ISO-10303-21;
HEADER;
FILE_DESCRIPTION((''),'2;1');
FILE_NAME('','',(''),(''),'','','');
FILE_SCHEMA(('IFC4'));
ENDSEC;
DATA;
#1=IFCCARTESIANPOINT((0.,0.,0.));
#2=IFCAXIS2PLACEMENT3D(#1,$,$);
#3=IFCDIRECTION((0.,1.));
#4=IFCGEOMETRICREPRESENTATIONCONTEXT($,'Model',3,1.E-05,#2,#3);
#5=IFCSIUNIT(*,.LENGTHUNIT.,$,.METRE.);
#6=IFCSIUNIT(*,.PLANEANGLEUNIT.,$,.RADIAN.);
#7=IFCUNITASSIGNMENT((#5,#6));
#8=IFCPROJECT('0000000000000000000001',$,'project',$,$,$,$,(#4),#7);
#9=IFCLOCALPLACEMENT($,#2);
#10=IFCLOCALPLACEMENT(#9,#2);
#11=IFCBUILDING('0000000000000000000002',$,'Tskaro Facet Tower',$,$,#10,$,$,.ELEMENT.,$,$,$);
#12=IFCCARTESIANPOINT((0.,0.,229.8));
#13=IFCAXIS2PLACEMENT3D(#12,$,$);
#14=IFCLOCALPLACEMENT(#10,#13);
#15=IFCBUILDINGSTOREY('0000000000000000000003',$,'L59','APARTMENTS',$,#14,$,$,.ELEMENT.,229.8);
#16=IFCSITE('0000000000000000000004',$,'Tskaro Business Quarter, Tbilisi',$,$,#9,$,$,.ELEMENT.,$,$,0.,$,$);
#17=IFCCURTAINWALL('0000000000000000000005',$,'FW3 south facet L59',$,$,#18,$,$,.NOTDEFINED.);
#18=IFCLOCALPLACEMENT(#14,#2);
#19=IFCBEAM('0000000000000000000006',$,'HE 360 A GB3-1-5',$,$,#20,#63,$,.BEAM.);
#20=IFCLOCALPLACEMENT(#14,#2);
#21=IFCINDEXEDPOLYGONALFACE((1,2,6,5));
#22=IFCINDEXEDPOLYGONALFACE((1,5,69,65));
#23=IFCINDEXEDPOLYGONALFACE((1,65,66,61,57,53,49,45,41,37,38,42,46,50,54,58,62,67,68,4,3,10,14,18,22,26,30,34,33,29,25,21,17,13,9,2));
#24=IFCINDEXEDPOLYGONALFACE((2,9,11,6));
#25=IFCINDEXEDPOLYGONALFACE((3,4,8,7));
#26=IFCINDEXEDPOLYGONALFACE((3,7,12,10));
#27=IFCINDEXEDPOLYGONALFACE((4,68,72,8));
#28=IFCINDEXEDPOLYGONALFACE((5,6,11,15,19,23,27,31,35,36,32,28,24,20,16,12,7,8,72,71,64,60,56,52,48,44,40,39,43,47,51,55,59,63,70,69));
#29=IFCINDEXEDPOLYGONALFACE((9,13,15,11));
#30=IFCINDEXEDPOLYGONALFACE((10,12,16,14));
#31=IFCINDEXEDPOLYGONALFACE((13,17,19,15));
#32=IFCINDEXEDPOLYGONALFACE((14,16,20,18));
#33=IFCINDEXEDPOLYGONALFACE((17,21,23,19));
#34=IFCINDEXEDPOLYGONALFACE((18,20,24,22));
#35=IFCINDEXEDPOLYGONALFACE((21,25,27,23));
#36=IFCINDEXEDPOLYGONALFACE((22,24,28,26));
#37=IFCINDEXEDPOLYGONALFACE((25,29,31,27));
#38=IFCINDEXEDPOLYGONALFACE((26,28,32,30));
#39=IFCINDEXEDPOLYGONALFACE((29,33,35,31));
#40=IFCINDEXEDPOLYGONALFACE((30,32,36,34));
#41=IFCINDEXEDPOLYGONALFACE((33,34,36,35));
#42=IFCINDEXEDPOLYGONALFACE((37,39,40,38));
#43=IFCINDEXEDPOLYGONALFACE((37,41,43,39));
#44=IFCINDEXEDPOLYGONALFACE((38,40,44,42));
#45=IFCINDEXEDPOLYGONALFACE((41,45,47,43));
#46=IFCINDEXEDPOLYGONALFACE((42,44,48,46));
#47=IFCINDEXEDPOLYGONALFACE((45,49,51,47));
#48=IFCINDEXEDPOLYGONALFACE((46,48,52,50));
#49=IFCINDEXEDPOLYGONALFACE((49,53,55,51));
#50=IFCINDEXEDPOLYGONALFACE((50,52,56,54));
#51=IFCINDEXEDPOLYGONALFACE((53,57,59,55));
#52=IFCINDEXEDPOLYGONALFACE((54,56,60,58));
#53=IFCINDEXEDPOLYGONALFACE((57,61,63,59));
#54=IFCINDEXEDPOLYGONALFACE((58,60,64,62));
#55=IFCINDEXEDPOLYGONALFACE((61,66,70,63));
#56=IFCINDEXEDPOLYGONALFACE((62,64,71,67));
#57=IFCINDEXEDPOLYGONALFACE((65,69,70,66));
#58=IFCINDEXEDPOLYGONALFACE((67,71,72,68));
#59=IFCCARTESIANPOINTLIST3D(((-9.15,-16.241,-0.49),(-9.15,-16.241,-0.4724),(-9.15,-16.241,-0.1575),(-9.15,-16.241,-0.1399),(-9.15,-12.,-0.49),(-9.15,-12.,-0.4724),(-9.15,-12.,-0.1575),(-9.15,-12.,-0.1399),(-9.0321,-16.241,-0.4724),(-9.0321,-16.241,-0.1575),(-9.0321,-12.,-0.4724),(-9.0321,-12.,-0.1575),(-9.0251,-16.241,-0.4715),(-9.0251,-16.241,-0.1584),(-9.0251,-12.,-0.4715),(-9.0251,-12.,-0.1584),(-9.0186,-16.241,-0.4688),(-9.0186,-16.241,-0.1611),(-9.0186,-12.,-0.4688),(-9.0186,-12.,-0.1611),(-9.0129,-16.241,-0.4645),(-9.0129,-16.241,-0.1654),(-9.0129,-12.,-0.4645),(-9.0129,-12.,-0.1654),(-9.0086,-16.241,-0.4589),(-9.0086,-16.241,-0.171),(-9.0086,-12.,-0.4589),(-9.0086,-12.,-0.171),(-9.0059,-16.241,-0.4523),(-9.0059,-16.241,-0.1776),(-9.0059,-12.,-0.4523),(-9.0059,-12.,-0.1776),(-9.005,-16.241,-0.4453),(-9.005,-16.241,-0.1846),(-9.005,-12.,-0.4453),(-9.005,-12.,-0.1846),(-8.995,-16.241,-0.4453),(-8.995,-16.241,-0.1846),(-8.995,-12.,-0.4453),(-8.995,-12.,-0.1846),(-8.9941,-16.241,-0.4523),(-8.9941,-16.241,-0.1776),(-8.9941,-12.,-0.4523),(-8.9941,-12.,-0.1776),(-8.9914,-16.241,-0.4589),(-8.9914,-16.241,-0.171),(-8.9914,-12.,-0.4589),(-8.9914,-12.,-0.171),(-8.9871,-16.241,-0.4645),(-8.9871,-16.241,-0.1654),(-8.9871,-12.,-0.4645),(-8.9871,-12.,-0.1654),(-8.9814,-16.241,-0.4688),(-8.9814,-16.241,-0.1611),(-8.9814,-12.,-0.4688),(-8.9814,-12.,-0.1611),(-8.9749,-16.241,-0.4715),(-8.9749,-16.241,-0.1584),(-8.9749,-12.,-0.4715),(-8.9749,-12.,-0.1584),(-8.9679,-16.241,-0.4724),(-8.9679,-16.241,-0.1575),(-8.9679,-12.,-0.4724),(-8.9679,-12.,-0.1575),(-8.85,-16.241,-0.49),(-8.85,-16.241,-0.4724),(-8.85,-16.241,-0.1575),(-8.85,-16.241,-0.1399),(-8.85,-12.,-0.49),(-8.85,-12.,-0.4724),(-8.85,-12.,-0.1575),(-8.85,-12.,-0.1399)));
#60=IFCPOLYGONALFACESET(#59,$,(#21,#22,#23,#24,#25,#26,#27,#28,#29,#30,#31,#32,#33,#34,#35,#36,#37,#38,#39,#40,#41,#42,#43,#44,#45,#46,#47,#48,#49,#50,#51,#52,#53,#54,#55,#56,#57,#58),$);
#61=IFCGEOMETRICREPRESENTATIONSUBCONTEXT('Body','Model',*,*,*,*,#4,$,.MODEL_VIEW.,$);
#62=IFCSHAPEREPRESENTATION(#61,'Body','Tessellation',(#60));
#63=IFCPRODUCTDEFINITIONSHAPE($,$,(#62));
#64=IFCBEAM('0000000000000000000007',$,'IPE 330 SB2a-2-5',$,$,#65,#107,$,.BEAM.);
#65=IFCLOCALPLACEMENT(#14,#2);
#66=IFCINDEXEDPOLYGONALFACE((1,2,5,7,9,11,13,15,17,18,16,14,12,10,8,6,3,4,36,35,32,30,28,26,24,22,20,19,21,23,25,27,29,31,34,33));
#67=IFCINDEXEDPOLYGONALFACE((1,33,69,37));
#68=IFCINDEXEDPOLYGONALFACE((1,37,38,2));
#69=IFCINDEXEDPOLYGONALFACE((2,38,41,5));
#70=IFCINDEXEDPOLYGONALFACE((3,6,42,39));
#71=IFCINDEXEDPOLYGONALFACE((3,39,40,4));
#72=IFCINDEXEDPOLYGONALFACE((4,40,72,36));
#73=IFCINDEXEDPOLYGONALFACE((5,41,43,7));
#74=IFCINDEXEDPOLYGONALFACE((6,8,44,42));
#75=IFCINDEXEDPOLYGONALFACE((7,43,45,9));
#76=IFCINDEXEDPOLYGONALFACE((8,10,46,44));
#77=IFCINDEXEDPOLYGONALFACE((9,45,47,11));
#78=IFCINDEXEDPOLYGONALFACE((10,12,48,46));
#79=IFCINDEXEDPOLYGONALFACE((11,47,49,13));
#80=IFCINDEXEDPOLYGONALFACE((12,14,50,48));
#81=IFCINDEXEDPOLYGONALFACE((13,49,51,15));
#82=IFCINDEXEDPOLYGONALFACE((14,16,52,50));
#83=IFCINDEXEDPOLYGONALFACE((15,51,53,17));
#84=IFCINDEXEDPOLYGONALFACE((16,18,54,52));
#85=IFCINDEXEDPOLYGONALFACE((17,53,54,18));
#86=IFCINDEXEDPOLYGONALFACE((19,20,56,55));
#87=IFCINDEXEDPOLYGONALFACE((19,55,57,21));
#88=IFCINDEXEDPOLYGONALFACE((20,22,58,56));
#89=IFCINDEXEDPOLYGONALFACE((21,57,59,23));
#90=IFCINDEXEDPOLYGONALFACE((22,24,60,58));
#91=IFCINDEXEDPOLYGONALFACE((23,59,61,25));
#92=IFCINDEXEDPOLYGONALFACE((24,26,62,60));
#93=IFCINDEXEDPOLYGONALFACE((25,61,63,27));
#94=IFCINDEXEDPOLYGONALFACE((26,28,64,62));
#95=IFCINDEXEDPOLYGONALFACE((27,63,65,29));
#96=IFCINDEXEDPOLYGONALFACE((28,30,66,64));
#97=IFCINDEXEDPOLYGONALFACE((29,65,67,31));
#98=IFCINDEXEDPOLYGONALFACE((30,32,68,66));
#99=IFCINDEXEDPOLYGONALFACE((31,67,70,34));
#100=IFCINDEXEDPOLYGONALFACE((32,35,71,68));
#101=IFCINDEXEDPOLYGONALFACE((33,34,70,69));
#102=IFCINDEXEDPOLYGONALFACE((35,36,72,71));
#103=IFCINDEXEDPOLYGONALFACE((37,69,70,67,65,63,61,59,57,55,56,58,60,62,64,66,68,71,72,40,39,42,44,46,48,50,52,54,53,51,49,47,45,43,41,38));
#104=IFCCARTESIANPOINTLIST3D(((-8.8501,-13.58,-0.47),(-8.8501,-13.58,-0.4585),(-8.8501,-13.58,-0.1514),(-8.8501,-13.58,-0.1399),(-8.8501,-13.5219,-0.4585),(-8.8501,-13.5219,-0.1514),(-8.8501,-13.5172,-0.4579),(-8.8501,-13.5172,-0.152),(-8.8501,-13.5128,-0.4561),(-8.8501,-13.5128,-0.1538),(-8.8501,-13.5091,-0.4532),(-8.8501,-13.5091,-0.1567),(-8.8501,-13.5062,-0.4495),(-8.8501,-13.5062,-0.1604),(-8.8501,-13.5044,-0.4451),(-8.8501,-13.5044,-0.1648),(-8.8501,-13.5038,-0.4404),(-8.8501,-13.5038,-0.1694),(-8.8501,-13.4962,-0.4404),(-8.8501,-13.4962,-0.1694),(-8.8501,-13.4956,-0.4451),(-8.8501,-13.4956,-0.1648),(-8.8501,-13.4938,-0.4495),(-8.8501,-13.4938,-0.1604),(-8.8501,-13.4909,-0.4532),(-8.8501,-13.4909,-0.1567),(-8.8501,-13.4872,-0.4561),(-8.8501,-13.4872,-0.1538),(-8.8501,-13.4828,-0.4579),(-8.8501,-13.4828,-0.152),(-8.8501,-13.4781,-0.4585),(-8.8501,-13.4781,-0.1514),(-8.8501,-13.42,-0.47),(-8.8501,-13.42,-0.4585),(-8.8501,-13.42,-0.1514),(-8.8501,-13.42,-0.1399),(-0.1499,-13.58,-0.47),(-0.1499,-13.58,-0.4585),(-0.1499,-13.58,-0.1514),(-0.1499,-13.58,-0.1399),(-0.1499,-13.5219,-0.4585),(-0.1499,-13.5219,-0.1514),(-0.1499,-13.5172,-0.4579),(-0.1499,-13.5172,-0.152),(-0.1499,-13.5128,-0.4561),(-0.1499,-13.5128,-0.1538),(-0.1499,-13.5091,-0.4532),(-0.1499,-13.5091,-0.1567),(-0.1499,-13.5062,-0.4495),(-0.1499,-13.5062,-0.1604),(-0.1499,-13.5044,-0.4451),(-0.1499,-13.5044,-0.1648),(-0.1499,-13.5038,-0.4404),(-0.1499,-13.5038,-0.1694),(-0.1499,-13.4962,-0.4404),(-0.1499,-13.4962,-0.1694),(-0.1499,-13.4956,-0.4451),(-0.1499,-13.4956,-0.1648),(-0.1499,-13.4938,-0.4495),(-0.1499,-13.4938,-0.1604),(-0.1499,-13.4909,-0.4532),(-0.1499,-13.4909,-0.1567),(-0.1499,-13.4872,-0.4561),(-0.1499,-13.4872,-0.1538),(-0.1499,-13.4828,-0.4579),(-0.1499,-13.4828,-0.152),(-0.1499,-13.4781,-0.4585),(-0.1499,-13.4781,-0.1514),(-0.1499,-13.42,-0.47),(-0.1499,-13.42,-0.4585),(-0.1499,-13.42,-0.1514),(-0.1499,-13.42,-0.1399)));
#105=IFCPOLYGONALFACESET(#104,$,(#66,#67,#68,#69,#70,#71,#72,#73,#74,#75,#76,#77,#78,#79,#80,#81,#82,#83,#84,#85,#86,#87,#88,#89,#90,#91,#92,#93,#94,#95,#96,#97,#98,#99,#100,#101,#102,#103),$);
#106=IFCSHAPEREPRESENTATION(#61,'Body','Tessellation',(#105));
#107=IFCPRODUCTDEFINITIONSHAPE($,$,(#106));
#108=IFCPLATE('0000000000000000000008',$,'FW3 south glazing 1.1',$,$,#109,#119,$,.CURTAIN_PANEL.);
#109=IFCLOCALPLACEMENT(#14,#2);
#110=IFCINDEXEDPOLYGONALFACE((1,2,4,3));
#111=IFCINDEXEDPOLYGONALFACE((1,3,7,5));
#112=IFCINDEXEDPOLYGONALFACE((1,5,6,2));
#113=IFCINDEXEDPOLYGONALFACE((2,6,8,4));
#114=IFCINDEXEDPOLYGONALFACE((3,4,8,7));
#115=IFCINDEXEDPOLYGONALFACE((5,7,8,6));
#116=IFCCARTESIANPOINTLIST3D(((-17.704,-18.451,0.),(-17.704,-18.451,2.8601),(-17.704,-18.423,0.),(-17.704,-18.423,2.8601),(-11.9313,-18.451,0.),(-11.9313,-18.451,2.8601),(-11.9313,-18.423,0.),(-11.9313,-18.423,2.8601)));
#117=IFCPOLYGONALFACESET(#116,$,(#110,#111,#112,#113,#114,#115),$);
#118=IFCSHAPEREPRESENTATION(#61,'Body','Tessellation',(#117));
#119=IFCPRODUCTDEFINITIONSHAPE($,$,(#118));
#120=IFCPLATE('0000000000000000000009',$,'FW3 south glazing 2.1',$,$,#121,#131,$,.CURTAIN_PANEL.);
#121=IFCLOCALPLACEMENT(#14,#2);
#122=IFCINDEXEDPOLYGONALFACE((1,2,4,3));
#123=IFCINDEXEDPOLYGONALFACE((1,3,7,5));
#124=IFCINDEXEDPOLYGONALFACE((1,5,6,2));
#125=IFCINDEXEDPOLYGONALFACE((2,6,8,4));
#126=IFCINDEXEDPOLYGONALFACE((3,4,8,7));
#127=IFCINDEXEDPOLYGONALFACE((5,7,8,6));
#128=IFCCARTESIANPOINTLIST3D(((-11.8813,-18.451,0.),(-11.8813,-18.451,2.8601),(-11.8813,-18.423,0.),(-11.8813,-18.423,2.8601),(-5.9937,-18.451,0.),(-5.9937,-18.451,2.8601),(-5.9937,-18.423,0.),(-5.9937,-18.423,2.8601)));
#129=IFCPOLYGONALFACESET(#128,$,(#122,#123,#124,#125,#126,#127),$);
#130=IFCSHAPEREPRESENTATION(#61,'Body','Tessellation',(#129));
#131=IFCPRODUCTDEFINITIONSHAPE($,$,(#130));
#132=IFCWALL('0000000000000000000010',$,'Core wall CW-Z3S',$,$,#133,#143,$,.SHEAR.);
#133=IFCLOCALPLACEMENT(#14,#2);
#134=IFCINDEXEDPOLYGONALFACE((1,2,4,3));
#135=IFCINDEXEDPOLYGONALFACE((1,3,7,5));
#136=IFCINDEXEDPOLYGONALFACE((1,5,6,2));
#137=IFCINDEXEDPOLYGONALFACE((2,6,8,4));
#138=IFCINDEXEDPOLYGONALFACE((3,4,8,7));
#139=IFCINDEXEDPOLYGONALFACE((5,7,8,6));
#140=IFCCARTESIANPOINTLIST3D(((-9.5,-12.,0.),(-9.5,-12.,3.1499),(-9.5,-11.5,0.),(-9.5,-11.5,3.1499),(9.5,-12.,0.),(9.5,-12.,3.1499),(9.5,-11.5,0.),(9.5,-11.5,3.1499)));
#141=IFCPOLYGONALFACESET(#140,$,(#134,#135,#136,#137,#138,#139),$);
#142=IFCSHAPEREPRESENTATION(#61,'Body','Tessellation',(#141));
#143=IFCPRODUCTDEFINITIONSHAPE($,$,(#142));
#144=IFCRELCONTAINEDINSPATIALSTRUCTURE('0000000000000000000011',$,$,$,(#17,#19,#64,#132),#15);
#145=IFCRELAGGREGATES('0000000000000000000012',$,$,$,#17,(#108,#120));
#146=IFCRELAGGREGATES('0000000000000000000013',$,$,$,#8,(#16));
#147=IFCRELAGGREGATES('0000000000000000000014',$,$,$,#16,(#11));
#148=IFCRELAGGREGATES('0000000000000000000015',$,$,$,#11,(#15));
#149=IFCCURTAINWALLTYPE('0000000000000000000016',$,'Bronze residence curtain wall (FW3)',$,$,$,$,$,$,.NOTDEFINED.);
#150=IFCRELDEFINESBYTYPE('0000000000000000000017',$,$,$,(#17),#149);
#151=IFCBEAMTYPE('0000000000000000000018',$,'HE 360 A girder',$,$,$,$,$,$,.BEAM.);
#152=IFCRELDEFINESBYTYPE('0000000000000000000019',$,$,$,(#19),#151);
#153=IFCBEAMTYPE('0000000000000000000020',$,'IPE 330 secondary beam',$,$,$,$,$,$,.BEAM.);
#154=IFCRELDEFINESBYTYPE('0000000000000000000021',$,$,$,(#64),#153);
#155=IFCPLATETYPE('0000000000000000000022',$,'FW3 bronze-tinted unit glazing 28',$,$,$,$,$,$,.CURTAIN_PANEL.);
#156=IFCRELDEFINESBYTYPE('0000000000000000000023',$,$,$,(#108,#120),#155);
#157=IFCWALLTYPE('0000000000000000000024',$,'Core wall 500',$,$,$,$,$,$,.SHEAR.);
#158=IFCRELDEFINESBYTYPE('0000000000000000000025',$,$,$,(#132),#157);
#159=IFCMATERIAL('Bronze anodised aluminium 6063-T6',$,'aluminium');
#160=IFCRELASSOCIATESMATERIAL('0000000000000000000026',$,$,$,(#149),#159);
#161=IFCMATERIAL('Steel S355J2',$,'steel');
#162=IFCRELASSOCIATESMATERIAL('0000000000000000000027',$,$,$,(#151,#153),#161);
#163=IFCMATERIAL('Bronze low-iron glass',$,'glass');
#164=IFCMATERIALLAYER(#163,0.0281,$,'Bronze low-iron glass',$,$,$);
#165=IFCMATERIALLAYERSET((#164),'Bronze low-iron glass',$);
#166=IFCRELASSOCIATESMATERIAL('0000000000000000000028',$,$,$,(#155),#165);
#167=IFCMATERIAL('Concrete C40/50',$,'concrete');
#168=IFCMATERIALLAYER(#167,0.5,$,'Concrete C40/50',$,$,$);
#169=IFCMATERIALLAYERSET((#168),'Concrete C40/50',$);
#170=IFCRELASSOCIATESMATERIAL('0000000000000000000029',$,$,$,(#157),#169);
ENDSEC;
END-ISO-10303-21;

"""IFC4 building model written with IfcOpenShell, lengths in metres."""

from ifc_helpers import new_model, si_unit, direction, frame, frame_2d, origin, origin_2d, place, context, subcontext, project, spatial, rectangle, i_section, extrude, material, layer, layer_set, material_profile, profile_set, type_object, element, aggregate, save


model = new_model("IFC4")

# Units and contexts
model_context = context("Model", 3, precision=1e-05, world=origin(), true_north=direction((0.0, 1.0)))
body_context = subcontext(model_context, "Body", "Model", "MODEL_VIEW")
ifc_project = project(units=[si_unit("LENGTHUNIT", "METRE"), si_unit("PLANEANGLEUNIT", "RADIAN")], contexts=[model_context])

# Site, building, storey
site_placement = place(None, origin())
site = spatial("IfcSite", under=ifc_project, at=site_placement, Name="Tskaro Business Quarter, Tbilisi", CompositionType="ELEMENT", RefElevation=0.0)
building_placement = place(site_placement, origin())
building = spatial("IfcBuilding", under=site, at=building_placement, Name="Tskaro Facet Tower", CompositionType="ELEMENT")
storey_placement = place(building_placement, frame((0.0, 0.0, 229.8)))
storey = spatial("IfcBuildingStorey", under=building, at=storey_placement, Name="L59", Description="APARTMENTS", CompositionType="ELEMENT", Elevation=229.8)

# Curtain wall
ifc_material_1 = material(Name="Bronze anodised aluminium 6063-T6", Category="aluminium")
curtain_wall_type = type_object("IfcCurtainWallType", Name="Bronze residence curtain wall (FW3)", PredefinedType="NOTDEFINED", material=ifc_material_1)
curtain_wall_placement = place(storey_placement, origin())
curtain_wall = element("IfcCurtainWall", 1, at=curtain_wall_placement, inside=storey, type_object=curtain_wall_type, Name="FW3 south facet L59", PredefinedType="NOTDEFINED")

# Beams
ifc_material_2 = material(Name="Steel S355J2", Category="steel")
ifc_material_profile_1 = material_profile(ifc_material_2, i_section(OverallWidth=0.3, OverallDepth=0.3501, WebThickness=0.01, FlangeThickness=0.0176, FilletRadius=0.0271, at=origin_2d()), Name="HE 360 A")
ifc_profile_set_1 = profile_set([ifc_material_profile_1], Name="Steel S355J2")
beam_type_1 = type_object("IfcBeamType", Name="HE 360 A girder", PredefinedType="BEAM", material=ifc_profile_set_1)
beam_1_placement = place(storey_placement, frame((-9.0, -16.241, -0.3149), z_axis=(0.0, 1.0, 0.0), x_axis=(-1.0, 0.0, 0.0)))
element("IfcBeam", 2, at=beam_1_placement, inside=storey, type_object=beam_type_1, Name="HE 360 A GB3-1-5", PredefinedType="BEAM", context=body_context, shape_type="SweptSolid", body=[
    extrude(i_section(OverallWidth=0.3, OverallDepth=0.3501, WebThickness=0.01, FlangeThickness=0.0176, FilletRadius=0.0271, at=origin_2d()), origin(), (0.0, 0.0, 1.0), 4.241),
])
ifc_material_profile_2 = material_profile(ifc_material_2, i_section(OverallWidth=0.1599, OverallDepth=0.3301, WebThickness=0.0076, FlangeThickness=0.0115, FilletRadius=0.0181, at=origin_2d()), Name="IPE 330")
ifc_profile_set_2 = profile_set([ifc_material_profile_2], Name="Steel S355J2")
beam_type_2 = type_object("IfcBeamType", Name="IPE 330 secondary beam", PredefinedType="BEAM", material=ifc_profile_set_2)
beam_2_placement = place(storey_placement, frame((-8.8501, -13.5, -0.3049), z_axis=(1.0, 0.0, 0.0), x_axis=(0.0, 1.0, 0.0)))
element("IfcBeam", 3, at=beam_2_placement, inside=storey, type_object=beam_type_2, Name="IPE 330 SB2a-2-5", PredefinedType="BEAM", context=body_context, shape_type="SweptSolid", body=[
    extrude(i_section(OverallWidth=0.1599, OverallDepth=0.3301, WebThickness=0.0076, FlangeThickness=0.0115, FilletRadius=0.0181, at=origin_2d()), origin(), (0.0, 0.0, 1.0), 8.7002),
])

# Plates
ifc_material_3 = material(Name="Bronze low-iron glass", Category="glass")
ifc_layer_1 = layer(ifc_material_3, 0.0281, Name="Bronze low-iron glass")
ifc_layer_set_1 = layer_set([ifc_layer_1], Name="Bronze low-iron glass")
plate_type = type_object("IfcPlateType", Name="FW3 bronze-tinted unit glazing 28", PredefinedType="CURTAIN_PANEL", material=ifc_layer_set_1)
plate_1_placement = place(storey_placement, frame((-14.8176, -18.437, 0.0), z_axis=(0.0, 0.0, 1.0), x_axis=(1.0, 0.0, 0.0)))
plate_1 = element("IfcPlate", 4, at=plate_1_placement, type_object=plate_type, Name="FW3 south glazing 1.1", PredefinedType="CURTAIN_PANEL", context=body_context, shape_type="SweptSolid", body=[
    extrude(rectangle(XDim=5.7727, YDim=0.0281, at=origin_2d()), origin(), (0.0, 0.0, 1.0), 2.8601),
])
plate_2_placement = place(storey_placement, frame((-8.9375, -18.437, 0.0), z_axis=(0.0, 0.0, 1.0), x_axis=(1.0, 0.0, 0.0)))
plate_2 = element("IfcPlate", 5, at=plate_2_placement, type_object=plate_type, Name="FW3 south glazing 2.1", PredefinedType="CURTAIN_PANEL", context=body_context, shape_type="SweptSolid", body=[
    extrude(rectangle(XDim=5.8877, YDim=0.0281, at=origin_2d()), origin(), (0.0, 0.0, 1.0), 2.8601),
])
aggregate(curtain_wall, [plate_1, plate_2])

# Wall
ifc_material_4 = material(Name="Concrete C40/50", Category="concrete")
ifc_layer_2 = layer(ifc_material_4, 0.5, Name="Concrete C40/50")
ifc_layer_set_2 = layer_set([ifc_layer_2], Name="Concrete C40/50")
wall_type_1 = type_object("IfcWallType", Name="Core wall 500", PredefinedType="SHEAR", material=ifc_layer_set_2)
wall_1_placement = place(storey_placement, frame((-9.5, -11.75, 0.0), z_axis=(0.0, 0.0, 1.0), x_axis=(1.0, 0.0, 0.0)))
element("IfcWall", 6, at=wall_1_placement, inside=storey, type_object=wall_type_1, Name="Core wall CW-Z3S", PredefinedType="SHEAR", context=body_context, shape_type="SweptSolid", body=[
    extrude(rectangle(XDim=19.0, YDim=0.5, at=frame_2d((9.5, 0.0))), origin(), (0.0, 0.0, 1.0), 3.1499),
])

save(model, "model.ifc")
